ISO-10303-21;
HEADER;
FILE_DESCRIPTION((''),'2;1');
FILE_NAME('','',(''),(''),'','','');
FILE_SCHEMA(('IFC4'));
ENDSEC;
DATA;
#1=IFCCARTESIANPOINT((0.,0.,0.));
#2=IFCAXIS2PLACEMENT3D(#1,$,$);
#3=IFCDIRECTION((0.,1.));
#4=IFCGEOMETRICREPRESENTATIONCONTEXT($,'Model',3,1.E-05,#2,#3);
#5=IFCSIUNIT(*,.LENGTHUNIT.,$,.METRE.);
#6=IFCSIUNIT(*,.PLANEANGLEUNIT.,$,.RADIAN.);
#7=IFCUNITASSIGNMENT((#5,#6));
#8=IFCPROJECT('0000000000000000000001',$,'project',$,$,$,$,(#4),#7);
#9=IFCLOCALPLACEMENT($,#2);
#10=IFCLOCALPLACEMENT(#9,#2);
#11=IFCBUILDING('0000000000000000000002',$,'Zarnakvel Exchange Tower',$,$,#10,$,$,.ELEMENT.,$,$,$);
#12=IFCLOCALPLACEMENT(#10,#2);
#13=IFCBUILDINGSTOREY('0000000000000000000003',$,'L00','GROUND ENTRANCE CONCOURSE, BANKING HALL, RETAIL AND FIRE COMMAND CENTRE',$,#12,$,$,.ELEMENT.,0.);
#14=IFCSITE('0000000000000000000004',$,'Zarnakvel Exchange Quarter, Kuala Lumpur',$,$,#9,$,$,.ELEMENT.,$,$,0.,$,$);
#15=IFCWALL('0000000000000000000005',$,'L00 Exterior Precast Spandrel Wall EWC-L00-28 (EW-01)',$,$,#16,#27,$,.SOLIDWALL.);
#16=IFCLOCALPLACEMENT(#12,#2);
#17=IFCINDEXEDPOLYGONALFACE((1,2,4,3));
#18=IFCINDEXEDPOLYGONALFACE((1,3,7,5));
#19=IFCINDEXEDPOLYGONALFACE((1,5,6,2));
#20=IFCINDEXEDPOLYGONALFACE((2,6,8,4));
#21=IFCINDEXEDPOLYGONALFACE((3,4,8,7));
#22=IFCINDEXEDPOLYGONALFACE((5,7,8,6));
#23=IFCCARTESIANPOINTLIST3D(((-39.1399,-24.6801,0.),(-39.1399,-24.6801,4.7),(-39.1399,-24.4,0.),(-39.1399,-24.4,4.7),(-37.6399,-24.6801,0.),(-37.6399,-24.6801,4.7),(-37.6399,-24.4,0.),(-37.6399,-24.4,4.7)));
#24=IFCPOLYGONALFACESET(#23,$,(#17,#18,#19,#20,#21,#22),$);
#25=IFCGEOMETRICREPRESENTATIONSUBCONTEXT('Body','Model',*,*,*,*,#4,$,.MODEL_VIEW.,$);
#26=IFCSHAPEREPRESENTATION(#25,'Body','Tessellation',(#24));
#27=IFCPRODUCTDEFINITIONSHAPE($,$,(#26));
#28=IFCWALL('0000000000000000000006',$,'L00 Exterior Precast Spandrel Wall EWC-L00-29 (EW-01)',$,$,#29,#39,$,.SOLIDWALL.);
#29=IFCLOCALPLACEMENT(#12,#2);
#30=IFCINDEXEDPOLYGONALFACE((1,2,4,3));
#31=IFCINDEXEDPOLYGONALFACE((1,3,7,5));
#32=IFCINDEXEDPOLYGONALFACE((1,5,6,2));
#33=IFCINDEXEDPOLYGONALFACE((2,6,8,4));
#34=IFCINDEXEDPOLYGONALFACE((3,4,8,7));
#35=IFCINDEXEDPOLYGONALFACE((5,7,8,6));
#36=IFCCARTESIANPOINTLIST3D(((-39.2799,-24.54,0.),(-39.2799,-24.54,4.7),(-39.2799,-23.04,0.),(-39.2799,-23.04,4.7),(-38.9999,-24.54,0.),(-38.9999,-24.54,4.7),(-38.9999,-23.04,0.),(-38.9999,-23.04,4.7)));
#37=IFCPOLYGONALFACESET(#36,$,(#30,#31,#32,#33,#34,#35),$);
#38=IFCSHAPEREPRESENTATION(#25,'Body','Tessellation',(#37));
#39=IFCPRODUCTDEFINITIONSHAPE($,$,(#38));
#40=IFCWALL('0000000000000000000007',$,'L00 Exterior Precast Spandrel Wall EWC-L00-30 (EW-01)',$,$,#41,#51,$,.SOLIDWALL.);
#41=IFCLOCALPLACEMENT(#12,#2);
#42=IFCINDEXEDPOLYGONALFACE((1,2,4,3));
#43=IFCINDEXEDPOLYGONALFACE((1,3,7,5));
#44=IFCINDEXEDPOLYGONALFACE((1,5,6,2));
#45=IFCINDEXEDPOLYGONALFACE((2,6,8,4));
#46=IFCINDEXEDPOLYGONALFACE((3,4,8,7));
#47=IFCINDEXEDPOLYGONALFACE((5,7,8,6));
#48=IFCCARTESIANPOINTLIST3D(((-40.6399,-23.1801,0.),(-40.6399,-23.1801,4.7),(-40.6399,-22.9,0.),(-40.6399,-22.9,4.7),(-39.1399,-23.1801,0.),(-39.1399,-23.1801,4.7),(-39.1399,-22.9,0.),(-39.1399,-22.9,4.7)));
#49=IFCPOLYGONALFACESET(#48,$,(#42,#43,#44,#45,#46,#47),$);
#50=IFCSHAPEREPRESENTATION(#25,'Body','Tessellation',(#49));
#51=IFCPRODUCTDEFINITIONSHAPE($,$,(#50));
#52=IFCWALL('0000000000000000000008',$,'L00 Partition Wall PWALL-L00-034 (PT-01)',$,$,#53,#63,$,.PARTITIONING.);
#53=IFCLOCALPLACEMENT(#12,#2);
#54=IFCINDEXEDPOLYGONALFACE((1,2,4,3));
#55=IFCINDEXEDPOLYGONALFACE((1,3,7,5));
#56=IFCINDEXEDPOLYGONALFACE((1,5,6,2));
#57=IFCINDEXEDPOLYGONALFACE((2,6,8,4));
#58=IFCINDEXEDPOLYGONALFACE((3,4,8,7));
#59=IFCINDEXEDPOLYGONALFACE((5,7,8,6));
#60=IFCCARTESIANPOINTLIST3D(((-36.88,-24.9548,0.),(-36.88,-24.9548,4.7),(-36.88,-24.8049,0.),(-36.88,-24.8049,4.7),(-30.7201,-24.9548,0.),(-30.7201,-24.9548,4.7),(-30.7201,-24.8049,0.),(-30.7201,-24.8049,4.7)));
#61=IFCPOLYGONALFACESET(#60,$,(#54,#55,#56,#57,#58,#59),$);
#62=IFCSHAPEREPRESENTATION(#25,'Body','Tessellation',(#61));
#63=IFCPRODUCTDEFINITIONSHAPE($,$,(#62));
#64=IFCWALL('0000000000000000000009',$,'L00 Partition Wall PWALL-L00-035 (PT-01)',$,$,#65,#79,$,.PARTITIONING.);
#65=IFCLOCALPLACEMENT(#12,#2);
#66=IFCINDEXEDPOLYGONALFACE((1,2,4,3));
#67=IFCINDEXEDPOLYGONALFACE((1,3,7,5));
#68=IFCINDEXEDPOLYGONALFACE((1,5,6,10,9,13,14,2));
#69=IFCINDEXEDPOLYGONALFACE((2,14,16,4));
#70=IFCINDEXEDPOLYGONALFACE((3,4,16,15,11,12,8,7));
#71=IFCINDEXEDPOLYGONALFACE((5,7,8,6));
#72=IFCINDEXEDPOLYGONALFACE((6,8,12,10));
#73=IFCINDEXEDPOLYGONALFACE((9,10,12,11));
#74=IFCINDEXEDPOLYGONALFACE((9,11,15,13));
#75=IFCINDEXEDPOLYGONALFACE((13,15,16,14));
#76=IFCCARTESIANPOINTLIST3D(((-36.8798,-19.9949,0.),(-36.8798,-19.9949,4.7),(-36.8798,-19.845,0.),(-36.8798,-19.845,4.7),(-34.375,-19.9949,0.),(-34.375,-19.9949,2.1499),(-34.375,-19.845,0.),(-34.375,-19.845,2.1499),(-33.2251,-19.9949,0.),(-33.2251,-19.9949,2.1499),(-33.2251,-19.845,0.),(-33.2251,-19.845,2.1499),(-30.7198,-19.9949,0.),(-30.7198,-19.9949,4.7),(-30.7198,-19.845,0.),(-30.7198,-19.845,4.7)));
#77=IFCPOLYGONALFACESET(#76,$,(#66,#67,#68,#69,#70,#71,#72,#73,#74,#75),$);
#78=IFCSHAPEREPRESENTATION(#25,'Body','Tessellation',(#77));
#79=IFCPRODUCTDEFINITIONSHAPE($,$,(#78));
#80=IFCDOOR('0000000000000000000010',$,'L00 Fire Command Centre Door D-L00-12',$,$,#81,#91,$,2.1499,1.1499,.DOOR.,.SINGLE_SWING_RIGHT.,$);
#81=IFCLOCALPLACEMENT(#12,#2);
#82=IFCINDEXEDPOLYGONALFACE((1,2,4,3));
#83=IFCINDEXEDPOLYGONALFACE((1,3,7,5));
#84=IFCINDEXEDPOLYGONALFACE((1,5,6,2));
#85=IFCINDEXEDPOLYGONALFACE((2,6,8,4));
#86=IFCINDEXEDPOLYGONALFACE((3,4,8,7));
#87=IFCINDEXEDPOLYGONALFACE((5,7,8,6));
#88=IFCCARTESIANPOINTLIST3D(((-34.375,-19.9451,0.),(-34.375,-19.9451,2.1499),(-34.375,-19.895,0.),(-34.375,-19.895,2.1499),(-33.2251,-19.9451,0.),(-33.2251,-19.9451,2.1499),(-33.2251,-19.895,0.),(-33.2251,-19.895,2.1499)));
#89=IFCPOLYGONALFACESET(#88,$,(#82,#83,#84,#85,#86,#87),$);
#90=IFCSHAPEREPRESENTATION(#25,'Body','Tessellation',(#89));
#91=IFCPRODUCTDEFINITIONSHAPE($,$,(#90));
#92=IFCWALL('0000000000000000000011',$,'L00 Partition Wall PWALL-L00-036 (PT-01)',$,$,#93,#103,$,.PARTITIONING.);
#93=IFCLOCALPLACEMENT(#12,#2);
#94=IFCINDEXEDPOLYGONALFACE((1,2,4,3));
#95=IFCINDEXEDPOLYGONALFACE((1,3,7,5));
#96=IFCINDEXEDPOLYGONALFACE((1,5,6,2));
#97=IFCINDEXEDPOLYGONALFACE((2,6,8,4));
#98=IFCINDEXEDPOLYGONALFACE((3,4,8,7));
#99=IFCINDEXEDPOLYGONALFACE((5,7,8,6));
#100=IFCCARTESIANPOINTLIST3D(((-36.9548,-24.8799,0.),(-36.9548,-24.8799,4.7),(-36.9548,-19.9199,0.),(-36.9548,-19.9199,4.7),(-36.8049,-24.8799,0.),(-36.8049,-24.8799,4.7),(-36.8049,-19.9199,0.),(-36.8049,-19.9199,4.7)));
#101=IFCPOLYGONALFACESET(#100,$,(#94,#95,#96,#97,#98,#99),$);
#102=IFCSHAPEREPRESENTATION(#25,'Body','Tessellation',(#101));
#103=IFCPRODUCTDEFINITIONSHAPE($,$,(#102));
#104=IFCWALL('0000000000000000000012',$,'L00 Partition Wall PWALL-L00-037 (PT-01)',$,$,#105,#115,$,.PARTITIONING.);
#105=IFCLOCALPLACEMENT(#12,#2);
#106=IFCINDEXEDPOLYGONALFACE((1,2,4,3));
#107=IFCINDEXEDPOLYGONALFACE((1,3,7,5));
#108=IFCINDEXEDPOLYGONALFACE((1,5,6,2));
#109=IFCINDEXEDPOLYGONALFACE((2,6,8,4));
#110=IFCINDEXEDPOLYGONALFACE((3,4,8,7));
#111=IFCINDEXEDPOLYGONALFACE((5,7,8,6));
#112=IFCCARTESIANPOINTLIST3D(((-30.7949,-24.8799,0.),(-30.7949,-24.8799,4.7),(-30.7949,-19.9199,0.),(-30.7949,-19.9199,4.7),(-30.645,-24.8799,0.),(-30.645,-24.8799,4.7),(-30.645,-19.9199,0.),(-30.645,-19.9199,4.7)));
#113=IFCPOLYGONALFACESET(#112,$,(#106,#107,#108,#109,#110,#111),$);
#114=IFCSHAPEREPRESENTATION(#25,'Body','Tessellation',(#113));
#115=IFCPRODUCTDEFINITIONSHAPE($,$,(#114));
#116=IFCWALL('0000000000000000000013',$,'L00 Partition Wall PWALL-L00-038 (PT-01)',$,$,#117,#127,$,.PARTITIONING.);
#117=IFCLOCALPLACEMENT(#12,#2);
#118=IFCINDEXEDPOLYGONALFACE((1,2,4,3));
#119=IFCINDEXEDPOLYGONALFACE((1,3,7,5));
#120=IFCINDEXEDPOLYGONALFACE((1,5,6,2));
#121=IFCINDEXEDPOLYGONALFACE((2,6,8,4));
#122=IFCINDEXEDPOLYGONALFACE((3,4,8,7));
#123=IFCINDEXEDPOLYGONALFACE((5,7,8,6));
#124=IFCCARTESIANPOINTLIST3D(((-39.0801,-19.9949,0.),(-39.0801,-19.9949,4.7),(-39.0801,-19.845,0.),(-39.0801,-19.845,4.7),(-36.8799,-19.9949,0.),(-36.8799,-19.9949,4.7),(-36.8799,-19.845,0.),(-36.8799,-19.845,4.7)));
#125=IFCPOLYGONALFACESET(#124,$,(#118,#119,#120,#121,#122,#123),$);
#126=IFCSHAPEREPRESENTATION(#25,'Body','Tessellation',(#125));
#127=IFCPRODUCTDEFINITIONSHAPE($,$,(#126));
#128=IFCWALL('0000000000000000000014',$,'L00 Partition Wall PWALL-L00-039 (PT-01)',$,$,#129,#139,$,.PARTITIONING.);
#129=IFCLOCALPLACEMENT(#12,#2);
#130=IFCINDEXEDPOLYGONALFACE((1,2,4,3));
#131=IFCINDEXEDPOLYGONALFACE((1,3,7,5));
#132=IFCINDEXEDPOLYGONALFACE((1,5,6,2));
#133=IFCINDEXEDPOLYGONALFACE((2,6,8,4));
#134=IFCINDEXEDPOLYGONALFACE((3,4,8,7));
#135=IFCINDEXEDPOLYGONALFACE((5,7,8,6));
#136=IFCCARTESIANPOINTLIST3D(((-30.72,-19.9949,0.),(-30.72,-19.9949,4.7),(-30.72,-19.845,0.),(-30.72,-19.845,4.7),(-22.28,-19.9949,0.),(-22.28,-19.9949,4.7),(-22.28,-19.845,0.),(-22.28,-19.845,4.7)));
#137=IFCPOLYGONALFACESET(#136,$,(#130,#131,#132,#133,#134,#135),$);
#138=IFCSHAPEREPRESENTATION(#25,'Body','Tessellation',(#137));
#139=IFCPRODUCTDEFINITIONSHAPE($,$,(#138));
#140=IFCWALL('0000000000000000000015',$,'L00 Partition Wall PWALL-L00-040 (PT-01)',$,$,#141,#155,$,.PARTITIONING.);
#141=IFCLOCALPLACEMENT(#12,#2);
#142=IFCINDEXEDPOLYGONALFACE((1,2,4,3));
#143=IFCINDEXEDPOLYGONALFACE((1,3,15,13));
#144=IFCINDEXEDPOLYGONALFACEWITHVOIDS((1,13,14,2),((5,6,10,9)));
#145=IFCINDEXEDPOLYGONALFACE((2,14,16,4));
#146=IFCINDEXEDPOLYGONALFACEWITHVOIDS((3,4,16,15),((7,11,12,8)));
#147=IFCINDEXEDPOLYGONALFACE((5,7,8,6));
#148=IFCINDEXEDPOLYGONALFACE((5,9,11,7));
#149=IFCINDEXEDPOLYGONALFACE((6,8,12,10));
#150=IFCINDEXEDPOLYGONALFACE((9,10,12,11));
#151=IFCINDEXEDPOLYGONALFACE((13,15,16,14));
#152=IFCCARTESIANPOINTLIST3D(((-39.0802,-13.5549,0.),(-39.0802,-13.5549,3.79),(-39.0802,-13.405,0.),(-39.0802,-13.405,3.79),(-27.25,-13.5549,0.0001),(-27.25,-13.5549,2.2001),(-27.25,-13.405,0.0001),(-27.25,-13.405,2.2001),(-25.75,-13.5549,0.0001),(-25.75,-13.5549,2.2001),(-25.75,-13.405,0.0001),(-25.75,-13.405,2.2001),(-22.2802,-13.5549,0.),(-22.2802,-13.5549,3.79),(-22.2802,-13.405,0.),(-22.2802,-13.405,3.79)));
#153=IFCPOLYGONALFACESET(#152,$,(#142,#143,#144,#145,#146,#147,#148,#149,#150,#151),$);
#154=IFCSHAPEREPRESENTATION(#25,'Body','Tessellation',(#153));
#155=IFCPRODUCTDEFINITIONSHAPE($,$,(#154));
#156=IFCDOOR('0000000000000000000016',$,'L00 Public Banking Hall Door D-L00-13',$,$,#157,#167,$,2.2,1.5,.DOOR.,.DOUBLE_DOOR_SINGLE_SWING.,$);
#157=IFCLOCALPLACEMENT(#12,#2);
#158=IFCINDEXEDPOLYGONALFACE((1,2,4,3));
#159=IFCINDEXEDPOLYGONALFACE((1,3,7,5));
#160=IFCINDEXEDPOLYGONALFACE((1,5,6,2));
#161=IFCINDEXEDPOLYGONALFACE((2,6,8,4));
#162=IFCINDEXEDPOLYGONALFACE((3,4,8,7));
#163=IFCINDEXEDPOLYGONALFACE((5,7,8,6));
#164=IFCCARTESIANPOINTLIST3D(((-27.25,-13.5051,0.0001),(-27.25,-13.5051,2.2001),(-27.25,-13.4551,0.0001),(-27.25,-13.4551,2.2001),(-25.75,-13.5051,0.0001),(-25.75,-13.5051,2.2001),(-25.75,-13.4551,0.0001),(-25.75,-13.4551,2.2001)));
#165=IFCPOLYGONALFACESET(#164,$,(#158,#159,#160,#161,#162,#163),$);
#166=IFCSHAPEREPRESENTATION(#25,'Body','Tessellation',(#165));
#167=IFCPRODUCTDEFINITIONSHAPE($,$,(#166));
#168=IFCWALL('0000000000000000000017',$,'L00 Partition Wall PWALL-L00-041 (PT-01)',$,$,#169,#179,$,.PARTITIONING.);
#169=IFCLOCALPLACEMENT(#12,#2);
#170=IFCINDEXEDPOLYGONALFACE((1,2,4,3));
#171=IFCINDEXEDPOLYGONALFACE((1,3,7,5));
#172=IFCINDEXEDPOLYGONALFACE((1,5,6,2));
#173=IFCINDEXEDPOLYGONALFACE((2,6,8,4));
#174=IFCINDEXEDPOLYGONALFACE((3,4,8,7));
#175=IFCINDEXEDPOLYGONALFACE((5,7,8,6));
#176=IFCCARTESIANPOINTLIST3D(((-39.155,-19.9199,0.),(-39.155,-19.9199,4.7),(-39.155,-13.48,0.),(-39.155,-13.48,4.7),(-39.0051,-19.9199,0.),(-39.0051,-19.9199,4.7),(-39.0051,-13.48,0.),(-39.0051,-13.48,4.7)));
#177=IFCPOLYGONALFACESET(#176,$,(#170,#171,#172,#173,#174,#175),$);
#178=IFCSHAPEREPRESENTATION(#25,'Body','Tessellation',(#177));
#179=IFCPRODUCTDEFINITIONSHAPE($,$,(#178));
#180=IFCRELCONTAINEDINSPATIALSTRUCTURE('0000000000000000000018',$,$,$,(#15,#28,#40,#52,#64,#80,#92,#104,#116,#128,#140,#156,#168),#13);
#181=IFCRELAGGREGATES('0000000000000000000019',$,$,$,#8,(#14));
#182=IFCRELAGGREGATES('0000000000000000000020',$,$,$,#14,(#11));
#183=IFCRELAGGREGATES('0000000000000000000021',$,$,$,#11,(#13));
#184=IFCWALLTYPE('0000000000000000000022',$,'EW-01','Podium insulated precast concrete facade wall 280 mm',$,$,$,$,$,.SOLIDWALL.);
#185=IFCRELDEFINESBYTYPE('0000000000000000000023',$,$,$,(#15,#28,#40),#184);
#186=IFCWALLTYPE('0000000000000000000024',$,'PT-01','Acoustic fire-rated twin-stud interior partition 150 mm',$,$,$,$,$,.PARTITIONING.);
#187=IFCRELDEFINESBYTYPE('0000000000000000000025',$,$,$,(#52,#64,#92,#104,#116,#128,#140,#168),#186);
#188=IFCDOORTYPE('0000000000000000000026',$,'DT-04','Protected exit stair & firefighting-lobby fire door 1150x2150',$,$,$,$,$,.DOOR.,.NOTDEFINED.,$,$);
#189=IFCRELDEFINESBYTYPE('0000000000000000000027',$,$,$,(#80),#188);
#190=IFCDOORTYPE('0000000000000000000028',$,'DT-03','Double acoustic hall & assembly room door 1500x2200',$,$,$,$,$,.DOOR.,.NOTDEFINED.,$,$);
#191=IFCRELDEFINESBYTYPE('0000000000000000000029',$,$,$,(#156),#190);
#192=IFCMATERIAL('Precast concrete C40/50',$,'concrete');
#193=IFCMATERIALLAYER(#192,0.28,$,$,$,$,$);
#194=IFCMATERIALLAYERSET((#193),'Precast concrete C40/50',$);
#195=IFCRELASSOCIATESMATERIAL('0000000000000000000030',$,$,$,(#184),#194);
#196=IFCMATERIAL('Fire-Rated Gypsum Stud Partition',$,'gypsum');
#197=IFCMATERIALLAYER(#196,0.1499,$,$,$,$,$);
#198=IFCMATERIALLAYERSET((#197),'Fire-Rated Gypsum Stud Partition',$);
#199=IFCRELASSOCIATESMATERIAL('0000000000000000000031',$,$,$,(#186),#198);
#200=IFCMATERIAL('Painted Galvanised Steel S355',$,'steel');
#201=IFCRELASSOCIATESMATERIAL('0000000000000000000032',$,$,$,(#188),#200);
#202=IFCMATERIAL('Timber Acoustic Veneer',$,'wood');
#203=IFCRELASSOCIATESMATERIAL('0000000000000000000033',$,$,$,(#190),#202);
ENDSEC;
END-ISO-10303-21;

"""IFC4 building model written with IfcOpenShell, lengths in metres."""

from ifc_helpers import new_model, si_unit, direction, frame, frame_2d, origin, place, context, subcontext, project, spatial, rectangle, extrude, source, transform, mapped, material, layer, layer_set, type_object, element, fill, save


model = new_model("IFC4")

# Units and contexts
model_context = context("Model", 3, precision=1e-05, world=origin(), true_north=direction((0.0, 1.0)))
body_context = subcontext(model_context, "Body", "Model", "MODEL_VIEW")
ifc_project = project(units=[si_unit("LENGTHUNIT", "METRE"), si_unit("PLANEANGLEUNIT", "RADIAN")], contexts=[model_context])

# Site, building, storey
site_placement = place(None, origin())
site = spatial("IfcSite", under=ifc_project, at=site_placement, Name="Zarnakvel Exchange Quarter, Kuala Lumpur", CompositionType="ELEMENT", RefElevation=0.0)
building_placement = place(site_placement, origin())
building = spatial("IfcBuilding", under=site, at=building_placement, Name="Zarnakvel Exchange Tower", CompositionType="ELEMENT")
storey_placement = place(building_placement, origin())
storey = spatial("IfcBuildingStorey", under=building, at=storey_placement, Name="L00", Description="GROUND ENTRANCE CONCOURSE, BANKING HALL, RETAIL AND FIRE COMMAND CENTRE", CompositionType="ELEMENT", Elevation=0.0)

# Shared definitions
ifc_material_1 = material(Name="Precast concrete C40/50", Category="concrete")
ifc_layer_1 = layer(ifc_material_1, 0.28)
ifc_layer_set_1 = layer_set([ifc_layer_1], Name="Precast concrete C40/50")
wall_type_1 = type_object("IfcWallType", Name="EW-01", Description="Podium insulated precast concrete facade wall 280 mm", PredefinedType="SOLIDWALL", material=ifc_layer_set_1)

# Walls
for number, where, z_axis, x_axis, name in (
    (1, (-39.1399, -24.54, 0.0), (0.0, 0.0, 1.0), (1.0, 0.0, 0.0), "L00 Exterior Precast Spandrel Wall EWC-L00-28 (EW-01)"),
    (2, (-39.1399, -23.04, 0.0), (0.0, 0.0, 1.0), (0.0, -1.0, 0.0), "L00 Exterior Precast Spandrel Wall EWC-L00-29 (EW-01)"),
    (3, (-40.6399, -23.04, 0.0), (0.0, 0.0, 1.0), (1.0, 0.0, 0.0), "L00 Exterior Precast Spandrel Wall EWC-L00-30 (EW-01)"),
):
    element("IfcWall", number, at=place(storey_placement, frame(where, z_axis=z_axis, x_axis=x_axis)), inside=storey, type_object=wall_type_1, Name=name, PredefinedType="SOLIDWALL", context=body_context, shape_type="SweptSolid", body=[
        extrude(rectangle(XDim=1.5, YDim=0.28, at=frame_2d((0.75, 0.0))), origin(), (0.0, 0.0, 1.0), 4.7),
    ])
ifc_material_2 = material(Name="Fire-Rated Gypsum Stud Partition", Category="gypsum")
ifc_layer_2 = layer(ifc_material_2, 0.1499)
ifc_layer_set_2 = layer_set([ifc_layer_2], Name="Fire-Rated Gypsum Stud Partition")
wall_type_2 = type_object("IfcWallType", Name="PT-01", Description="Acoustic fire-rated twin-stud interior partition 150 mm", PredefinedType="PARTITIONING", material=ifc_layer_set_2)
wall_1_placement = place(storey_placement, frame((-30.72, -24.8799, 0.0), z_axis=(0.0, 0.0, 1.0), x_axis=(-1.0, 0.0, 0.0)))
element("IfcWall", 4, at=wall_1_placement, inside=storey, type_object=wall_type_2, Name="L00 Partition Wall PWALL-L00-034 (PT-01)", PredefinedType="PARTITIONING", context=body_context, shape_type="SweptSolid", body=[
    extrude(rectangle(XDim=6.1599, YDim=0.1499, at=frame_2d((3.0801, 0.0))), origin(), (0.0, 0.0, 1.0), 4.7),
])

# Wall, opening, door
wall_2_placement = place(storey_placement, frame((-36.8799, -19.9199, 0.0), z_axis=(0.0, 0.0, 1.0), x_axis=(1.0, 0.0, 0.0)))
wall_2 = element("IfcWall", 5, at=wall_2_placement, inside=storey, type_object=wall_type_2, Name="L00 Partition Wall PWALL-L00-035 (PT-01)", PredefinedType="PARTITIONING", context=body_context, shape_type="SweptSolid", body=[
    extrude(rectangle(XDim=6.1599, YDim=0.1499, at=frame_2d((3.0801, 0.0))), origin(), (0.0, 0.0, 1.0), 4.7),
])
opening_1_placement = place(wall_2_placement, frame((2.5049, 0.0, 0.0)))
opening_1 = element("IfcOpeningElement", 6, at=opening_1_placement, cuts=wall_2, PredefinedType="OPENING", context=body_context, shape_type="SweptSolid", body=[
    extrude(rectangle(XDim=1.1499, YDim=2.1499, at=frame_2d((0.575, 1.075))), frame((0.0, 0.085, 0.0), z_axis=(0.0, -1.0, 0.0), x_axis=(1.0, 0.0, 0.0)), (0.0, 0.0, 1.0), 0.1699),
])
ifc_material_3 = material(Name="Painted Galvanised Steel S355", Category="steel")
door_type_1 = type_object("IfcDoorType", Name="DT-04", Description="Protected exit stair & firefighting-lobby fire door 1150x2150", OperationType="NOTDEFINED", PredefinedType="DOOR", material=ifc_material_3)
shared_shape_1 = source(origin(), body_context, "Body", "SweptSolid", [
    extrude(rectangle(XDim=1.1499, YDim=2.1499, at=frame_2d((0.575, 1.075))), frame((0.0, 0.0249, 0.0), z_axis=(0.0, -1.0, 0.0), x_axis=(1.0, 0.0, 0.0)), (0.0, 0.0, 1.0), 0.05),
])
door_1_placement = place(opening_1_placement, origin())
door_1 = element("IfcDoor", 7, at=door_1_placement, inside=storey, type_object=door_type_1, Name="L00 Fire Command Centre Door D-L00-12", OperationType="SINGLE_SWING_RIGHT", OverallHeight=2.1499, OverallWidth=1.1499, PredefinedType="DOOR", context=body_context, shape_type="MappedRepresentation", body=[
    mapped(shared_shape_1, transform((0.0, 0.0, 0.0), x_axis=(1.0, 0.0, 0.0), y_axis=(0.0, 1.0, 0.0), z_axis=(0.0, 0.0, 1.0), scale=1.0)),
])
fill(opening_1, door_1)

# Walls
for number, where, z_axis, x_axis, name in (
    (8, (-36.8799, -24.8799, 0.0), (0.0, 0.0, 1.0), (0.0, 1.0, 0.0), "L00 Partition Wall PWALL-L00-036 (PT-01)"),
    (9, (-30.72, -19.9199, 0.0), (0.0, 0.0, 1.0), (0.0, -1.0, 0.0), "L00 Partition Wall PWALL-L00-037 (PT-01)"),
):
    element("IfcWall", number, at=place(storey_placement, frame(where, z_axis=z_axis, x_axis=x_axis)), inside=storey, type_object=wall_type_2, Name=name, PredefinedType="PARTITIONING", context=body_context, shape_type="SweptSolid", body=[
        extrude(rectangle(XDim=4.96, YDim=0.1499, at=frame_2d((2.48, 0.0))), origin(), (0.0, 0.0, 1.0), 4.7),
    ])
wall_3_placement = place(storey_placement, frame((-36.8799, -19.9199, 0.0), z_axis=(0.0, 0.0, 1.0), x_axis=(-1.0, 0.0, 0.0)))
element("IfcWall", 10, at=wall_3_placement, inside=storey, type_object=wall_type_2, Name="L00 Partition Wall PWALL-L00-038 (PT-01)", PredefinedType="PARTITIONING", context=body_context, shape_type="SweptSolid", body=[
    extrude(rectangle(XDim=2.2002, YDim=0.1499, at=frame_2d((1.1001, 0.0))), origin(), (0.0, 0.0, 1.0), 4.7),
])
wall_4_placement = place(storey_placement, frame((-22.28, -19.9199, 0.0), z_axis=(0.0, 0.0, 1.0), x_axis=(-1.0, 0.0, 0.0)))
element("IfcWall", 11, at=wall_4_placement, inside=storey, type_object=wall_type_2, Name="L00 Partition Wall PWALL-L00-039 (PT-01)", PredefinedType="PARTITIONING", context=body_context, shape_type="SweptSolid", body=[
    extrude(rectangle(XDim=8.4399, YDim=0.1499, at=frame_2d((4.22, 0.0))), origin(), (0.0, 0.0, 1.0), 4.7),
])

# Wall, opening, door
wall_5_placement = place(storey_placement, frame((-39.0801, -13.48, 0.0), z_axis=(0.0, 0.0, 1.0), x_axis=(1.0, 0.0, 0.0)))
wall_5 = element("IfcWall", 12, at=wall_5_placement, inside=storey, type_object=wall_type_2, Name="L00 Partition Wall PWALL-L00-040 (PT-01)", PredefinedType="PARTITIONING", context=body_context, shape_type="SweptSolid", body=[
    extrude(rectangle(XDim=16.8, YDim=0.1499, at=frame_2d((8.3999, 0.0))), origin(), (0.0, 0.0, 1.0), 3.79),
])
opening_2_placement = place(wall_5_placement, frame((11.8301, 0.0, 0.0)))
opening_2 = element("IfcOpeningElement", 13, at=opening_2_placement, cuts=wall_5, PredefinedType="OPENING", context=body_context, shape_type="SweptSolid", body=[
    extrude(rectangle(XDim=1.5, YDim=2.2, at=frame_2d((0.75, 1.1001))), frame((0.0, 0.085, 0.0), z_axis=(0.0, -1.0, 0.0), x_axis=(1.0, 0.0, 0.0)), (0.0, 0.0, 1.0), 0.1699),
])
ifc_material_4 = material(Name="Timber Acoustic Veneer", Category="wood")
door_type_2 = type_object("IfcDoorType", Name="DT-03", Description="Double acoustic hall & assembly room door 1500x2200", OperationType="NOTDEFINED", PredefinedType="DOOR", material=ifc_material_4)
shared_shape_2 = source(origin(), body_context, "Body", "SweptSolid", [
    extrude(rectangle(XDim=1.5, YDim=2.2, at=frame_2d((0.75, 1.1001))), frame((0.0, 0.0249, 0.0), z_axis=(0.0, -1.0, 0.0), x_axis=(1.0, 0.0, 0.0)), (0.0, 0.0, 1.0), 0.05),
])
door_2_placement = place(opening_2_placement, origin())
door_2 = element("IfcDoor", 14, at=door_2_placement, inside=storey, type_object=door_type_2, Name="L00 Public Banking Hall Door D-L00-13", OperationType="DOUBLE_DOOR_SINGLE_SWING", OverallHeight=2.2, OverallWidth=1.5, PredefinedType="DOOR", context=body_context, shape_type="MappedRepresentation", body=[
    mapped(shared_shape_2, transform((0.0, 0.0, 0.0), x_axis=(1.0, 0.0, 0.0), y_axis=(0.0, 1.0, 0.0), z_axis=(0.0, 0.0, 1.0), scale=1.0)),
])
fill(opening_2, door_2)

# Wall
wall_6_placement = place(storey_placement, frame((-39.0801, -19.9199, 0.0), z_axis=(0.0, 0.0, 1.0), x_axis=(0.0, 1.0, 0.0)))
element("IfcWall", 15, at=wall_6_placement, inside=storey, type_object=wall_type_2, Name="L00 Partition Wall PWALL-L00-041 (PT-01)", PredefinedType="PARTITIONING", context=body_context, shape_type="SweptSolid", body=[
    extrude(rectangle(XDim=6.4399, YDim=0.1499, at=frame_2d((3.22, 0.0))), origin(), (0.0, 0.0, 1.0), 4.7),
])

save(model, "model.ifc")
